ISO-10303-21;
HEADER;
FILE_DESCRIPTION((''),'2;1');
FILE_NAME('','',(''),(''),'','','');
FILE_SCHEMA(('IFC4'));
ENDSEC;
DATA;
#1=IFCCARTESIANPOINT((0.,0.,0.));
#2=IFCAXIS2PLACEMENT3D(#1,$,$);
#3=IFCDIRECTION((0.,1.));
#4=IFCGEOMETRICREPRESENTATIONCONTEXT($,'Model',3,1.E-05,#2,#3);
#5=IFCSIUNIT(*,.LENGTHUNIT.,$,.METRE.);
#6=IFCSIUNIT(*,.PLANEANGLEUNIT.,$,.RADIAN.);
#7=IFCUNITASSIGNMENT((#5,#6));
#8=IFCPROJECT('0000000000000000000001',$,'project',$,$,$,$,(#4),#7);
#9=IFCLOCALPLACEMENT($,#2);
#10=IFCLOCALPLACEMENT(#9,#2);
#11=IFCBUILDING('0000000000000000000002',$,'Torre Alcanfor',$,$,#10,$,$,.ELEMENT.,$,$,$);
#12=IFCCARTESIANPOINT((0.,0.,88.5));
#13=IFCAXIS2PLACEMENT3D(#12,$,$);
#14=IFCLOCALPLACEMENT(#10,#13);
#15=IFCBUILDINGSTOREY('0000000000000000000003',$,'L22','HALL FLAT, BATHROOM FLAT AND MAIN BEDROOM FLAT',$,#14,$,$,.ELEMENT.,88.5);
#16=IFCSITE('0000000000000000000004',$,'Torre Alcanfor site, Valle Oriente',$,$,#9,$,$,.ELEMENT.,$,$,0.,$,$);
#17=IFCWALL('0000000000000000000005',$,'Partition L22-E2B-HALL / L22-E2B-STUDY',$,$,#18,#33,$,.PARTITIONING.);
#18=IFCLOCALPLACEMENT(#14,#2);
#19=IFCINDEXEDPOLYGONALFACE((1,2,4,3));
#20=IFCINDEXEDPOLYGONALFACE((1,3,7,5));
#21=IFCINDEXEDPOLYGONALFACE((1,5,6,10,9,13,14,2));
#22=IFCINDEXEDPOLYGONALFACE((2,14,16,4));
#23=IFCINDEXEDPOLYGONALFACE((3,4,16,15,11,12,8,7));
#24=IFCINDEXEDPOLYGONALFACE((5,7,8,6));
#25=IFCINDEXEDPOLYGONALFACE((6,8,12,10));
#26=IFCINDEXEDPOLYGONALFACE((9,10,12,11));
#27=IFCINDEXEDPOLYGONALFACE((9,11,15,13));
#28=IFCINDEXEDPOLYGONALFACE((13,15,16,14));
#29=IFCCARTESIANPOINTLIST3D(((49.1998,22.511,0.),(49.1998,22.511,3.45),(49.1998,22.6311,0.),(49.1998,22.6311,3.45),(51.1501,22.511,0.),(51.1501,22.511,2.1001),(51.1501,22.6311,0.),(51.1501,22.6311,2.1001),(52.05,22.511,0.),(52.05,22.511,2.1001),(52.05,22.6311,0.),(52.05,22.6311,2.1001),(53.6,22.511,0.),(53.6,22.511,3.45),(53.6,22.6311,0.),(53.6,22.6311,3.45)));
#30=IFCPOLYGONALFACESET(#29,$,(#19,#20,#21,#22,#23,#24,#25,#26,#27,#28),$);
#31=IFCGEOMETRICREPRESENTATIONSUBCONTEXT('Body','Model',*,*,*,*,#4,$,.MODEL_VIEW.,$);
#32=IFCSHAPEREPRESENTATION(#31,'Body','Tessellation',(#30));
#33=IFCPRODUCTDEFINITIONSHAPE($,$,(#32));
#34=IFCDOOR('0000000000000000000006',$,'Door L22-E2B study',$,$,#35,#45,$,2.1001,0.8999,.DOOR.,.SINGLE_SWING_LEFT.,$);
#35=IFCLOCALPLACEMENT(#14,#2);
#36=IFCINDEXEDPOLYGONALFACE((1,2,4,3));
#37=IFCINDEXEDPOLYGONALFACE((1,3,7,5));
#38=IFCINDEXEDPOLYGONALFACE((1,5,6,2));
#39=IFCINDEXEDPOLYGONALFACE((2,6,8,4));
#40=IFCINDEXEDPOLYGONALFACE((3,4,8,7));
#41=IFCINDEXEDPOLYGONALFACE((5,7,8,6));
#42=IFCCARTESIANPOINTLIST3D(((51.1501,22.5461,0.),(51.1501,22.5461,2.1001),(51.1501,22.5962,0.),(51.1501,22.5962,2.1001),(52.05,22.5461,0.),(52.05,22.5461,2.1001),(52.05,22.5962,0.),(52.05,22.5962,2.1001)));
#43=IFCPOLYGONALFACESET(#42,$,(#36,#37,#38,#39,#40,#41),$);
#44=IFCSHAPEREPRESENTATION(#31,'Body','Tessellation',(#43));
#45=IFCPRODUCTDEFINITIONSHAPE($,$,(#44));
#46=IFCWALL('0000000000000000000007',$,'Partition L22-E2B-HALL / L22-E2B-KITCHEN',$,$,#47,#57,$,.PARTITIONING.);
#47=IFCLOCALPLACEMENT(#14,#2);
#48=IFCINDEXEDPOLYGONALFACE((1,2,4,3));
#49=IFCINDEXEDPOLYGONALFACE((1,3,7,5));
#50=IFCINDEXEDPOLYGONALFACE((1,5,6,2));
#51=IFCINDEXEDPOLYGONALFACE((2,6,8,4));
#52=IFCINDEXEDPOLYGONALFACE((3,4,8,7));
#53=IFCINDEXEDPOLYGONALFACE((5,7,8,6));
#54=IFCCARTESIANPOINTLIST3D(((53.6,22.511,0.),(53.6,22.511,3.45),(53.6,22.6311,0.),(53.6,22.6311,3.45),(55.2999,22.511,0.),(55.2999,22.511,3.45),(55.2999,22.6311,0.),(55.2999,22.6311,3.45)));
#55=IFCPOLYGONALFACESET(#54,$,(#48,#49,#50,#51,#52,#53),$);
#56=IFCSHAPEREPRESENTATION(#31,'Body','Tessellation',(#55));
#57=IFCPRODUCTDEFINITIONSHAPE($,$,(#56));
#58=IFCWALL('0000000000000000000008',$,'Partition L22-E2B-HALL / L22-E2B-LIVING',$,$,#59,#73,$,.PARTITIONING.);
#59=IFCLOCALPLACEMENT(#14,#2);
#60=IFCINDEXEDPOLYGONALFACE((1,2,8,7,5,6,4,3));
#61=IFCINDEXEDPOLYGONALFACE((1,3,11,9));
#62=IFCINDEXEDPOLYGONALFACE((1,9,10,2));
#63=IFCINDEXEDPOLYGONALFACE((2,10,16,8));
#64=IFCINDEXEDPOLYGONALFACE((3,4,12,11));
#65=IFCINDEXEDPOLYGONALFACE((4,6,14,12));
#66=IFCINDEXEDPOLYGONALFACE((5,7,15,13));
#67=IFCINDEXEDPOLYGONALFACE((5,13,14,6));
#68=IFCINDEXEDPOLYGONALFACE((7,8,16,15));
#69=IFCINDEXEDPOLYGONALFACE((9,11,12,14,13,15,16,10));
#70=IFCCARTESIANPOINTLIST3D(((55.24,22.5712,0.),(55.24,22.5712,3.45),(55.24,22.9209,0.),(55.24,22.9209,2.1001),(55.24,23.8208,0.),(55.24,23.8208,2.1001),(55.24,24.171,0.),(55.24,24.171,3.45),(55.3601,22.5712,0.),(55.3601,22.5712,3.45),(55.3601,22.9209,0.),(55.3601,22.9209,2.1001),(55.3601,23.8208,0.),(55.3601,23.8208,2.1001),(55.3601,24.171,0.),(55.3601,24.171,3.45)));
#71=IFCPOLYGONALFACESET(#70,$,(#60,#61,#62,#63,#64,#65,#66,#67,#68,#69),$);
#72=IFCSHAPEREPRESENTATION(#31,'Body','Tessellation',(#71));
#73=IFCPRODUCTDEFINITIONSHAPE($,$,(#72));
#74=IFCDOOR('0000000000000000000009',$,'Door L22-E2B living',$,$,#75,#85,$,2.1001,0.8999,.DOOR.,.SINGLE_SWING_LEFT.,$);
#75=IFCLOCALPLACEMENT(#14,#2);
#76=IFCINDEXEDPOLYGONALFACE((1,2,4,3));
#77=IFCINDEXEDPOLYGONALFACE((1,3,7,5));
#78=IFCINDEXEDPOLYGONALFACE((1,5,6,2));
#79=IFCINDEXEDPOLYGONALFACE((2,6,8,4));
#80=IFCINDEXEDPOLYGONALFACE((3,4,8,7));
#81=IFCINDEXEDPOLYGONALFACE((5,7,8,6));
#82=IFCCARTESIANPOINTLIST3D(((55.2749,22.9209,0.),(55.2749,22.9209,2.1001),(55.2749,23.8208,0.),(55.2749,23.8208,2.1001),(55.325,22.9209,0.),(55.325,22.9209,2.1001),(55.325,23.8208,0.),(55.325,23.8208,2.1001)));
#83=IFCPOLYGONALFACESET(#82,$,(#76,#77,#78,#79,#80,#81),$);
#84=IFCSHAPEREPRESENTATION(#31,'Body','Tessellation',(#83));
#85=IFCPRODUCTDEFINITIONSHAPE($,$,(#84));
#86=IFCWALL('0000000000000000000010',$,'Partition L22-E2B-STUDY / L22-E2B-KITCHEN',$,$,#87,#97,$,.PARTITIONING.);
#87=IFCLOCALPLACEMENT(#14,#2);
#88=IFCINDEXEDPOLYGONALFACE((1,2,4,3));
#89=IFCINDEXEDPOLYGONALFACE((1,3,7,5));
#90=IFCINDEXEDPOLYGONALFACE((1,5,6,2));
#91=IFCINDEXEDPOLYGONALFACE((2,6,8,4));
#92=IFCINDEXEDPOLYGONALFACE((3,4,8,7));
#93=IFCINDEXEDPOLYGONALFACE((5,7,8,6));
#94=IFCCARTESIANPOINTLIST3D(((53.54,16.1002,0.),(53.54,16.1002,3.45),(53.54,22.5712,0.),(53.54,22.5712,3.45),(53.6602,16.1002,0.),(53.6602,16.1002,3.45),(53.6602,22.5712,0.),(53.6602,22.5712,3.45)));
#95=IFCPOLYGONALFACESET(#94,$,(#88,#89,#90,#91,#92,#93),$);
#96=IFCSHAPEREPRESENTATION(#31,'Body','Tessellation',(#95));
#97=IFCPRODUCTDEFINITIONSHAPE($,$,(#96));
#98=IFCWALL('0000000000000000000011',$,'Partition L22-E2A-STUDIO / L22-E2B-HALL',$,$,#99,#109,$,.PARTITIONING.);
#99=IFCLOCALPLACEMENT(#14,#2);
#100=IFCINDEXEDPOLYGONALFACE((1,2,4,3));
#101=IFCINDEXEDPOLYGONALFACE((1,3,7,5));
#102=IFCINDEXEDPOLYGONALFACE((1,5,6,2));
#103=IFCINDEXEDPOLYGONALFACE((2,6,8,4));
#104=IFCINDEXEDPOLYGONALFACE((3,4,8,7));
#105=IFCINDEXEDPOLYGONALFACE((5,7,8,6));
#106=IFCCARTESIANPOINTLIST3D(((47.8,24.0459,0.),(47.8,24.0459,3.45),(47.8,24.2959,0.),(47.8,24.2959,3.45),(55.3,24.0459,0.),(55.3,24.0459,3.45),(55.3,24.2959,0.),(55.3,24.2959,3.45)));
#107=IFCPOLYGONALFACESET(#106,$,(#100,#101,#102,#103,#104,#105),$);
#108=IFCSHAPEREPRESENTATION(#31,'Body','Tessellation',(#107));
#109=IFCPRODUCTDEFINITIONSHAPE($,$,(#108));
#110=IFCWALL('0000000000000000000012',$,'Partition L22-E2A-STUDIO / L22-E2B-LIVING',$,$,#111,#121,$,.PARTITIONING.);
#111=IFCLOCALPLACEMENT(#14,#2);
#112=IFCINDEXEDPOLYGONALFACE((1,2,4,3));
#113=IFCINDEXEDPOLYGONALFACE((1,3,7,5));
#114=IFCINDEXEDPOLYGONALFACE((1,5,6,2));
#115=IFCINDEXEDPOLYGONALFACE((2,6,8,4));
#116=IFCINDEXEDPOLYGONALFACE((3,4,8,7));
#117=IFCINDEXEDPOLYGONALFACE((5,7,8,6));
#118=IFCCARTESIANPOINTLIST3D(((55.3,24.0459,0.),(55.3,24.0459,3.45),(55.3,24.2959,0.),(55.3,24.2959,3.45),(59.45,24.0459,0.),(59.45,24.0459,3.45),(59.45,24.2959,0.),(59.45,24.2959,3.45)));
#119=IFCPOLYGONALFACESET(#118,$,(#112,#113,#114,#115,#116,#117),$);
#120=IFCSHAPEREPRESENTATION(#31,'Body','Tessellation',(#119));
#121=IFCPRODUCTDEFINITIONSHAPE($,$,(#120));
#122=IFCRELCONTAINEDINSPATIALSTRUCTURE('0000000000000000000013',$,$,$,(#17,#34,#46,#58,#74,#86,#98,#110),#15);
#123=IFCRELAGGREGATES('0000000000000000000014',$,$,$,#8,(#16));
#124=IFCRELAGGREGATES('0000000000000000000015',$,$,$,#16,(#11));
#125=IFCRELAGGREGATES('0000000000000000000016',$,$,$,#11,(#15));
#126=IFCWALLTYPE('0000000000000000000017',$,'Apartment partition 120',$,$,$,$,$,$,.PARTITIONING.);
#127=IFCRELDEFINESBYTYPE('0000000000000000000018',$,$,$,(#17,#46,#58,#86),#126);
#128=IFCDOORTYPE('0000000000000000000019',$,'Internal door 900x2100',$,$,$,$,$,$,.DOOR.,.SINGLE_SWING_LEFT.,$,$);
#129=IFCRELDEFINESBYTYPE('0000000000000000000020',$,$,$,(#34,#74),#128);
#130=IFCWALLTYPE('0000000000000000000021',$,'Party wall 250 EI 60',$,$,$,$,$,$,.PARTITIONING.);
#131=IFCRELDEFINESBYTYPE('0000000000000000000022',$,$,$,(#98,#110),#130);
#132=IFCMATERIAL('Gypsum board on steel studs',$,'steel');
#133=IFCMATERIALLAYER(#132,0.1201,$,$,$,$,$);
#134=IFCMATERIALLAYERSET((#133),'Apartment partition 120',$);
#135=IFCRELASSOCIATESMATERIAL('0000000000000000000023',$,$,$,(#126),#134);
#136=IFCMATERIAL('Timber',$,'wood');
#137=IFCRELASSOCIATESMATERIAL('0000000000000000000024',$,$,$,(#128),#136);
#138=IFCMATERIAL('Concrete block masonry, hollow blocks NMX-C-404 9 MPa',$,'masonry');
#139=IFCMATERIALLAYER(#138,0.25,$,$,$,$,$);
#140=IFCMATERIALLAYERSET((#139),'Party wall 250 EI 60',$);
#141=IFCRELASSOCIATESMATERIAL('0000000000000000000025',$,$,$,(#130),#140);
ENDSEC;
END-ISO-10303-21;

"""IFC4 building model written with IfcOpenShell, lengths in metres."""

from ifc_helpers import new_model, si_unit, direction, frame, frame_2d, origin, place, context, subcontext, project, spatial, rectangle, extrude, material, layer, layer_set, type_object, element, fill, save


model = new_model("IFC4")

# Units and contexts
model_context = context("Model", 3, precision=1e-05, world=origin(), true_north=direction((0.0, 1.0)))
body_context = subcontext(model_context, "Body", "Model", "MODEL_VIEW")
ifc_project = project(units=[si_unit("LENGTHUNIT", "METRE"), si_unit("PLANEANGLEUNIT", "RADIAN")], contexts=[model_context])

# Site, building, storey
site_placement = place(None, origin())
site = spatial("IfcSite", under=ifc_project, at=site_placement, Name="Torre Alcanfor site, Valle Oriente", CompositionType="ELEMENT", RefElevation=0.0)
building_placement = place(site_placement, origin())
building = spatial("IfcBuilding", under=site, at=building_placement, Name="Torre Alcanfor", CompositionType="ELEMENT")
storey_placement = place(building_placement, frame((0.0, 0.0, 88.5)))
storey = spatial("IfcBuildingStorey", under=building, at=storey_placement, Name="L22", Description="HALL FLAT, BATHROOM FLAT AND MAIN BEDROOM FLAT", CompositionType="ELEMENT", Elevation=88.5)

# Wall, opening, door
ifc_material_1 = material(Name="Gypsum board on steel studs", Category="steel")
ifc_layer_1 = layer(ifc_material_1, 0.1201)
ifc_layer_set_1 = layer_set([ifc_layer_1], Name="Apartment partition 120")
wall_type_1 = type_object("IfcWallType", Name="Apartment partition 120", PredefinedType="PARTITIONING", material=ifc_layer_set_1)
wall_1_placement = place(storey_placement, frame((53.6001, 22.571, 0.0), z_axis=(0.0, 0.0, 1.0), x_axis=(-1.0, 0.0, 0.0)))
wall_1 = element("IfcWall", 1, at=wall_1_placement, inside=storey, type_object=wall_type_1, Name="Partition L22-E2B-HALL / L22-E2B-STUDY", PredefinedType="PARTITIONING", context=body_context, shape_type="SweptSolid", body=[
    extrude(rectangle(XDim=4.4001, YDim=0.1201, at=frame_2d((2.2002, 0.0))), origin(), (0.0, 0.0, 1.0), 3.45),
])
opening_1_placement = place(wall_1_placement, frame((1.55, 0.0, 0.0)))
opening_1 = element("IfcOpeningElement", 2, at=opening_1_placement, cuts=wall_1, PredefinedType="OPENING", context=body_context, shape_type="SweptSolid", body=[
    extrude(rectangle(XDim=0.8999, YDim=2.1001, at=frame_2d((0.45, 1.05))), frame((0.0, 0.0701, 0.0), z_axis=(0.0, -1.0, 0.0), x_axis=(1.0, 0.0, 0.0)), (0.0, 0.0, 1.0), 0.1401),
])
ifc_material_2 = material(Name="Timber", Category="wood")
door_type = type_object("IfcDoorType", Name="Internal door 900x2100", OperationType="SINGLE_SWING_LEFT", PredefinedType="DOOR", material=ifc_material_2)
door_1_placement = place(opening_1_placement, origin())
door_1 = element("IfcDoor", 3, at=door_1_placement, inside=storey, type_object=door_type, Name="Door L22-E2B study", OperationType="SINGLE_SWING_LEFT", OverallHeight=2.1001, OverallWidth=0.8999, PredefinedType="DOOR", context=body_context, shape_type="SweptSolid", body=[
    extrude(rectangle(XDim=0.8999, YDim=2.1001, at=frame_2d((0.45, 1.05))), frame((0.0, 0.0249, 0.0), z_axis=(0.0, -1.0, 0.0), x_axis=(1.0, 0.0, 0.0)), (0.0, 0.0, 1.0), 0.05),
])
fill(opening_1, door_1)

# Wall
wall_2_placement = place(storey_placement, frame((55.3, 22.571, 0.0), z_axis=(0.0, 0.0, 1.0), x_axis=(-1.0, 0.0, 0.0)))
element("IfcWall", 4, at=wall_2_placement, inside=storey, type_object=wall_type_1, Name="Partition L22-E2B-HALL / L22-E2B-KITCHEN", PredefinedType="PARTITIONING", context=body_context, shape_type="SweptSolid", body=[
    extrude(rectangle(XDim=1.7, YDim=0.1201, at=frame_2d((0.8501, 0.0))), origin(), (0.0, 0.0, 1.0), 3.45),
])

# Wall, opening, door
wall_3_placement = place(storey_placement, frame((55.3, 24.1709, 0.0), z_axis=(0.0, 0.0, 1.0), x_axis=(0.0, -1.0, 0.0)))
wall_3 = element("IfcWall", 5, at=wall_3_placement, inside=storey, type_object=wall_type_1, Name="Partition L22-E2B-HALL / L22-E2B-LIVING", PredefinedType="PARTITIONING", context=body_context, shape_type="SweptSolid", body=[
    extrude(rectangle(XDim=1.5999, YDim=0.1201, at=frame_2d((0.7998, 0.0))), origin(), (0.0, 0.0, 1.0), 3.45),
])
opening_2_placement = place(wall_3_placement, frame((0.3501, 0.0, 0.0)))
opening_2 = element("IfcOpeningElement", 6, at=opening_2_placement, cuts=wall_3, PredefinedType="OPENING", context=body_context, shape_type="SweptSolid", body=[
    extrude(rectangle(XDim=0.8999, YDim=2.1001, at=frame_2d((0.45, 1.05))), frame((0.0, 0.0701, 0.0), z_axis=(0.0, -1.0, 0.0), x_axis=(1.0, 0.0, 0.0)), (0.0, 0.0, 1.0), 0.1401),
])
door_2_placement = place(opening_2_placement, origin())
door_2 = element("IfcDoor", 7, at=door_2_placement, inside=storey, type_object=door_type, Name="Door L22-E2B living", OperationType="SINGLE_SWING_LEFT", OverallHeight=2.1001, OverallWidth=0.8999, PredefinedType="DOOR", context=body_context, shape_type="SweptSolid", body=[
    extrude(rectangle(XDim=0.8999, YDim=2.1001, at=frame_2d((0.45, 1.05))), frame((0.0, 0.0249, 0.0), z_axis=(0.0, -1.0, 0.0), x_axis=(1.0, 0.0, 0.0)), (0.0, 0.0, 1.0), 0.05),
])
fill(opening_2, door_2)

# Walls
wall_4_placement = place(storey_placement, frame((53.6001, 22.571, 0.0), z_axis=(0.0, 0.0, 1.0), x_axis=(0.0, -1.0, 0.0)))
element("IfcWall", 8, at=wall_4_placement, inside=storey, type_object=wall_type_1, Name="Partition L22-E2B-STUDY / L22-E2B-KITCHEN", PredefinedType="PARTITIONING", context=body_context, shape_type="SweptSolid", body=[
    extrude(rectangle(XDim=6.4709, YDim=0.1201, at=frame_2d((3.2354, 0.0))), origin(), (0.0, 0.0, 1.0), 3.45),
])
ifc_material_3 = material(Name="Concrete block masonry, hollow blocks NMX-C-404 9 MPa", Category="masonry")
ifc_layer_2 = layer(ifc_material_3, 0.25)
ifc_layer_set_2 = layer_set([ifc_layer_2], Name="Party wall 250 EI 60")
wall_type_2 = type_object("IfcWallType", Name="Party wall 250 EI 60", PredefinedType="PARTITIONING", material=ifc_layer_set_2)
wall_5_placement = place(storey_placement, frame((55.3, 24.1709, 0.0), z_axis=(0.0, 0.0, 1.0), x_axis=(-1.0, 0.0, 0.0)))
element("IfcWall", 9, at=wall_5_placement, inside=storey, type_object=wall_type_2, Name="Partition L22-E2A-STUDIO / L22-E2B-HALL", PredefinedType="PARTITIONING", context=body_context, shape_type="SweptSolid", body=[
    extrude(rectangle(XDim=7.5, YDim=0.25, at=frame_2d((3.75, 0.0))), origin(), (0.0, 0.0, 1.0), 3.45),
])
wall_6_placement = place(storey_placement, frame((59.45, 24.1709, 0.0), z_axis=(0.0, 0.0, 1.0), x_axis=(-1.0, 0.0, 0.0)))
element("IfcWall", 10, at=wall_6_placement, inside=storey, type_object=wall_type_2, Name="Partition L22-E2A-STUDIO / L22-E2B-LIVING", PredefinedType="PARTITIONING", context=body_context, shape_type="SweptSolid", body=[
    extrude(rectangle(XDim=4.1499, YDim=0.25, at=frame_2d((2.075, 0.0))), origin(), (0.0, 0.0, 1.0), 3.45),
])

save(model, "model.ifc")
